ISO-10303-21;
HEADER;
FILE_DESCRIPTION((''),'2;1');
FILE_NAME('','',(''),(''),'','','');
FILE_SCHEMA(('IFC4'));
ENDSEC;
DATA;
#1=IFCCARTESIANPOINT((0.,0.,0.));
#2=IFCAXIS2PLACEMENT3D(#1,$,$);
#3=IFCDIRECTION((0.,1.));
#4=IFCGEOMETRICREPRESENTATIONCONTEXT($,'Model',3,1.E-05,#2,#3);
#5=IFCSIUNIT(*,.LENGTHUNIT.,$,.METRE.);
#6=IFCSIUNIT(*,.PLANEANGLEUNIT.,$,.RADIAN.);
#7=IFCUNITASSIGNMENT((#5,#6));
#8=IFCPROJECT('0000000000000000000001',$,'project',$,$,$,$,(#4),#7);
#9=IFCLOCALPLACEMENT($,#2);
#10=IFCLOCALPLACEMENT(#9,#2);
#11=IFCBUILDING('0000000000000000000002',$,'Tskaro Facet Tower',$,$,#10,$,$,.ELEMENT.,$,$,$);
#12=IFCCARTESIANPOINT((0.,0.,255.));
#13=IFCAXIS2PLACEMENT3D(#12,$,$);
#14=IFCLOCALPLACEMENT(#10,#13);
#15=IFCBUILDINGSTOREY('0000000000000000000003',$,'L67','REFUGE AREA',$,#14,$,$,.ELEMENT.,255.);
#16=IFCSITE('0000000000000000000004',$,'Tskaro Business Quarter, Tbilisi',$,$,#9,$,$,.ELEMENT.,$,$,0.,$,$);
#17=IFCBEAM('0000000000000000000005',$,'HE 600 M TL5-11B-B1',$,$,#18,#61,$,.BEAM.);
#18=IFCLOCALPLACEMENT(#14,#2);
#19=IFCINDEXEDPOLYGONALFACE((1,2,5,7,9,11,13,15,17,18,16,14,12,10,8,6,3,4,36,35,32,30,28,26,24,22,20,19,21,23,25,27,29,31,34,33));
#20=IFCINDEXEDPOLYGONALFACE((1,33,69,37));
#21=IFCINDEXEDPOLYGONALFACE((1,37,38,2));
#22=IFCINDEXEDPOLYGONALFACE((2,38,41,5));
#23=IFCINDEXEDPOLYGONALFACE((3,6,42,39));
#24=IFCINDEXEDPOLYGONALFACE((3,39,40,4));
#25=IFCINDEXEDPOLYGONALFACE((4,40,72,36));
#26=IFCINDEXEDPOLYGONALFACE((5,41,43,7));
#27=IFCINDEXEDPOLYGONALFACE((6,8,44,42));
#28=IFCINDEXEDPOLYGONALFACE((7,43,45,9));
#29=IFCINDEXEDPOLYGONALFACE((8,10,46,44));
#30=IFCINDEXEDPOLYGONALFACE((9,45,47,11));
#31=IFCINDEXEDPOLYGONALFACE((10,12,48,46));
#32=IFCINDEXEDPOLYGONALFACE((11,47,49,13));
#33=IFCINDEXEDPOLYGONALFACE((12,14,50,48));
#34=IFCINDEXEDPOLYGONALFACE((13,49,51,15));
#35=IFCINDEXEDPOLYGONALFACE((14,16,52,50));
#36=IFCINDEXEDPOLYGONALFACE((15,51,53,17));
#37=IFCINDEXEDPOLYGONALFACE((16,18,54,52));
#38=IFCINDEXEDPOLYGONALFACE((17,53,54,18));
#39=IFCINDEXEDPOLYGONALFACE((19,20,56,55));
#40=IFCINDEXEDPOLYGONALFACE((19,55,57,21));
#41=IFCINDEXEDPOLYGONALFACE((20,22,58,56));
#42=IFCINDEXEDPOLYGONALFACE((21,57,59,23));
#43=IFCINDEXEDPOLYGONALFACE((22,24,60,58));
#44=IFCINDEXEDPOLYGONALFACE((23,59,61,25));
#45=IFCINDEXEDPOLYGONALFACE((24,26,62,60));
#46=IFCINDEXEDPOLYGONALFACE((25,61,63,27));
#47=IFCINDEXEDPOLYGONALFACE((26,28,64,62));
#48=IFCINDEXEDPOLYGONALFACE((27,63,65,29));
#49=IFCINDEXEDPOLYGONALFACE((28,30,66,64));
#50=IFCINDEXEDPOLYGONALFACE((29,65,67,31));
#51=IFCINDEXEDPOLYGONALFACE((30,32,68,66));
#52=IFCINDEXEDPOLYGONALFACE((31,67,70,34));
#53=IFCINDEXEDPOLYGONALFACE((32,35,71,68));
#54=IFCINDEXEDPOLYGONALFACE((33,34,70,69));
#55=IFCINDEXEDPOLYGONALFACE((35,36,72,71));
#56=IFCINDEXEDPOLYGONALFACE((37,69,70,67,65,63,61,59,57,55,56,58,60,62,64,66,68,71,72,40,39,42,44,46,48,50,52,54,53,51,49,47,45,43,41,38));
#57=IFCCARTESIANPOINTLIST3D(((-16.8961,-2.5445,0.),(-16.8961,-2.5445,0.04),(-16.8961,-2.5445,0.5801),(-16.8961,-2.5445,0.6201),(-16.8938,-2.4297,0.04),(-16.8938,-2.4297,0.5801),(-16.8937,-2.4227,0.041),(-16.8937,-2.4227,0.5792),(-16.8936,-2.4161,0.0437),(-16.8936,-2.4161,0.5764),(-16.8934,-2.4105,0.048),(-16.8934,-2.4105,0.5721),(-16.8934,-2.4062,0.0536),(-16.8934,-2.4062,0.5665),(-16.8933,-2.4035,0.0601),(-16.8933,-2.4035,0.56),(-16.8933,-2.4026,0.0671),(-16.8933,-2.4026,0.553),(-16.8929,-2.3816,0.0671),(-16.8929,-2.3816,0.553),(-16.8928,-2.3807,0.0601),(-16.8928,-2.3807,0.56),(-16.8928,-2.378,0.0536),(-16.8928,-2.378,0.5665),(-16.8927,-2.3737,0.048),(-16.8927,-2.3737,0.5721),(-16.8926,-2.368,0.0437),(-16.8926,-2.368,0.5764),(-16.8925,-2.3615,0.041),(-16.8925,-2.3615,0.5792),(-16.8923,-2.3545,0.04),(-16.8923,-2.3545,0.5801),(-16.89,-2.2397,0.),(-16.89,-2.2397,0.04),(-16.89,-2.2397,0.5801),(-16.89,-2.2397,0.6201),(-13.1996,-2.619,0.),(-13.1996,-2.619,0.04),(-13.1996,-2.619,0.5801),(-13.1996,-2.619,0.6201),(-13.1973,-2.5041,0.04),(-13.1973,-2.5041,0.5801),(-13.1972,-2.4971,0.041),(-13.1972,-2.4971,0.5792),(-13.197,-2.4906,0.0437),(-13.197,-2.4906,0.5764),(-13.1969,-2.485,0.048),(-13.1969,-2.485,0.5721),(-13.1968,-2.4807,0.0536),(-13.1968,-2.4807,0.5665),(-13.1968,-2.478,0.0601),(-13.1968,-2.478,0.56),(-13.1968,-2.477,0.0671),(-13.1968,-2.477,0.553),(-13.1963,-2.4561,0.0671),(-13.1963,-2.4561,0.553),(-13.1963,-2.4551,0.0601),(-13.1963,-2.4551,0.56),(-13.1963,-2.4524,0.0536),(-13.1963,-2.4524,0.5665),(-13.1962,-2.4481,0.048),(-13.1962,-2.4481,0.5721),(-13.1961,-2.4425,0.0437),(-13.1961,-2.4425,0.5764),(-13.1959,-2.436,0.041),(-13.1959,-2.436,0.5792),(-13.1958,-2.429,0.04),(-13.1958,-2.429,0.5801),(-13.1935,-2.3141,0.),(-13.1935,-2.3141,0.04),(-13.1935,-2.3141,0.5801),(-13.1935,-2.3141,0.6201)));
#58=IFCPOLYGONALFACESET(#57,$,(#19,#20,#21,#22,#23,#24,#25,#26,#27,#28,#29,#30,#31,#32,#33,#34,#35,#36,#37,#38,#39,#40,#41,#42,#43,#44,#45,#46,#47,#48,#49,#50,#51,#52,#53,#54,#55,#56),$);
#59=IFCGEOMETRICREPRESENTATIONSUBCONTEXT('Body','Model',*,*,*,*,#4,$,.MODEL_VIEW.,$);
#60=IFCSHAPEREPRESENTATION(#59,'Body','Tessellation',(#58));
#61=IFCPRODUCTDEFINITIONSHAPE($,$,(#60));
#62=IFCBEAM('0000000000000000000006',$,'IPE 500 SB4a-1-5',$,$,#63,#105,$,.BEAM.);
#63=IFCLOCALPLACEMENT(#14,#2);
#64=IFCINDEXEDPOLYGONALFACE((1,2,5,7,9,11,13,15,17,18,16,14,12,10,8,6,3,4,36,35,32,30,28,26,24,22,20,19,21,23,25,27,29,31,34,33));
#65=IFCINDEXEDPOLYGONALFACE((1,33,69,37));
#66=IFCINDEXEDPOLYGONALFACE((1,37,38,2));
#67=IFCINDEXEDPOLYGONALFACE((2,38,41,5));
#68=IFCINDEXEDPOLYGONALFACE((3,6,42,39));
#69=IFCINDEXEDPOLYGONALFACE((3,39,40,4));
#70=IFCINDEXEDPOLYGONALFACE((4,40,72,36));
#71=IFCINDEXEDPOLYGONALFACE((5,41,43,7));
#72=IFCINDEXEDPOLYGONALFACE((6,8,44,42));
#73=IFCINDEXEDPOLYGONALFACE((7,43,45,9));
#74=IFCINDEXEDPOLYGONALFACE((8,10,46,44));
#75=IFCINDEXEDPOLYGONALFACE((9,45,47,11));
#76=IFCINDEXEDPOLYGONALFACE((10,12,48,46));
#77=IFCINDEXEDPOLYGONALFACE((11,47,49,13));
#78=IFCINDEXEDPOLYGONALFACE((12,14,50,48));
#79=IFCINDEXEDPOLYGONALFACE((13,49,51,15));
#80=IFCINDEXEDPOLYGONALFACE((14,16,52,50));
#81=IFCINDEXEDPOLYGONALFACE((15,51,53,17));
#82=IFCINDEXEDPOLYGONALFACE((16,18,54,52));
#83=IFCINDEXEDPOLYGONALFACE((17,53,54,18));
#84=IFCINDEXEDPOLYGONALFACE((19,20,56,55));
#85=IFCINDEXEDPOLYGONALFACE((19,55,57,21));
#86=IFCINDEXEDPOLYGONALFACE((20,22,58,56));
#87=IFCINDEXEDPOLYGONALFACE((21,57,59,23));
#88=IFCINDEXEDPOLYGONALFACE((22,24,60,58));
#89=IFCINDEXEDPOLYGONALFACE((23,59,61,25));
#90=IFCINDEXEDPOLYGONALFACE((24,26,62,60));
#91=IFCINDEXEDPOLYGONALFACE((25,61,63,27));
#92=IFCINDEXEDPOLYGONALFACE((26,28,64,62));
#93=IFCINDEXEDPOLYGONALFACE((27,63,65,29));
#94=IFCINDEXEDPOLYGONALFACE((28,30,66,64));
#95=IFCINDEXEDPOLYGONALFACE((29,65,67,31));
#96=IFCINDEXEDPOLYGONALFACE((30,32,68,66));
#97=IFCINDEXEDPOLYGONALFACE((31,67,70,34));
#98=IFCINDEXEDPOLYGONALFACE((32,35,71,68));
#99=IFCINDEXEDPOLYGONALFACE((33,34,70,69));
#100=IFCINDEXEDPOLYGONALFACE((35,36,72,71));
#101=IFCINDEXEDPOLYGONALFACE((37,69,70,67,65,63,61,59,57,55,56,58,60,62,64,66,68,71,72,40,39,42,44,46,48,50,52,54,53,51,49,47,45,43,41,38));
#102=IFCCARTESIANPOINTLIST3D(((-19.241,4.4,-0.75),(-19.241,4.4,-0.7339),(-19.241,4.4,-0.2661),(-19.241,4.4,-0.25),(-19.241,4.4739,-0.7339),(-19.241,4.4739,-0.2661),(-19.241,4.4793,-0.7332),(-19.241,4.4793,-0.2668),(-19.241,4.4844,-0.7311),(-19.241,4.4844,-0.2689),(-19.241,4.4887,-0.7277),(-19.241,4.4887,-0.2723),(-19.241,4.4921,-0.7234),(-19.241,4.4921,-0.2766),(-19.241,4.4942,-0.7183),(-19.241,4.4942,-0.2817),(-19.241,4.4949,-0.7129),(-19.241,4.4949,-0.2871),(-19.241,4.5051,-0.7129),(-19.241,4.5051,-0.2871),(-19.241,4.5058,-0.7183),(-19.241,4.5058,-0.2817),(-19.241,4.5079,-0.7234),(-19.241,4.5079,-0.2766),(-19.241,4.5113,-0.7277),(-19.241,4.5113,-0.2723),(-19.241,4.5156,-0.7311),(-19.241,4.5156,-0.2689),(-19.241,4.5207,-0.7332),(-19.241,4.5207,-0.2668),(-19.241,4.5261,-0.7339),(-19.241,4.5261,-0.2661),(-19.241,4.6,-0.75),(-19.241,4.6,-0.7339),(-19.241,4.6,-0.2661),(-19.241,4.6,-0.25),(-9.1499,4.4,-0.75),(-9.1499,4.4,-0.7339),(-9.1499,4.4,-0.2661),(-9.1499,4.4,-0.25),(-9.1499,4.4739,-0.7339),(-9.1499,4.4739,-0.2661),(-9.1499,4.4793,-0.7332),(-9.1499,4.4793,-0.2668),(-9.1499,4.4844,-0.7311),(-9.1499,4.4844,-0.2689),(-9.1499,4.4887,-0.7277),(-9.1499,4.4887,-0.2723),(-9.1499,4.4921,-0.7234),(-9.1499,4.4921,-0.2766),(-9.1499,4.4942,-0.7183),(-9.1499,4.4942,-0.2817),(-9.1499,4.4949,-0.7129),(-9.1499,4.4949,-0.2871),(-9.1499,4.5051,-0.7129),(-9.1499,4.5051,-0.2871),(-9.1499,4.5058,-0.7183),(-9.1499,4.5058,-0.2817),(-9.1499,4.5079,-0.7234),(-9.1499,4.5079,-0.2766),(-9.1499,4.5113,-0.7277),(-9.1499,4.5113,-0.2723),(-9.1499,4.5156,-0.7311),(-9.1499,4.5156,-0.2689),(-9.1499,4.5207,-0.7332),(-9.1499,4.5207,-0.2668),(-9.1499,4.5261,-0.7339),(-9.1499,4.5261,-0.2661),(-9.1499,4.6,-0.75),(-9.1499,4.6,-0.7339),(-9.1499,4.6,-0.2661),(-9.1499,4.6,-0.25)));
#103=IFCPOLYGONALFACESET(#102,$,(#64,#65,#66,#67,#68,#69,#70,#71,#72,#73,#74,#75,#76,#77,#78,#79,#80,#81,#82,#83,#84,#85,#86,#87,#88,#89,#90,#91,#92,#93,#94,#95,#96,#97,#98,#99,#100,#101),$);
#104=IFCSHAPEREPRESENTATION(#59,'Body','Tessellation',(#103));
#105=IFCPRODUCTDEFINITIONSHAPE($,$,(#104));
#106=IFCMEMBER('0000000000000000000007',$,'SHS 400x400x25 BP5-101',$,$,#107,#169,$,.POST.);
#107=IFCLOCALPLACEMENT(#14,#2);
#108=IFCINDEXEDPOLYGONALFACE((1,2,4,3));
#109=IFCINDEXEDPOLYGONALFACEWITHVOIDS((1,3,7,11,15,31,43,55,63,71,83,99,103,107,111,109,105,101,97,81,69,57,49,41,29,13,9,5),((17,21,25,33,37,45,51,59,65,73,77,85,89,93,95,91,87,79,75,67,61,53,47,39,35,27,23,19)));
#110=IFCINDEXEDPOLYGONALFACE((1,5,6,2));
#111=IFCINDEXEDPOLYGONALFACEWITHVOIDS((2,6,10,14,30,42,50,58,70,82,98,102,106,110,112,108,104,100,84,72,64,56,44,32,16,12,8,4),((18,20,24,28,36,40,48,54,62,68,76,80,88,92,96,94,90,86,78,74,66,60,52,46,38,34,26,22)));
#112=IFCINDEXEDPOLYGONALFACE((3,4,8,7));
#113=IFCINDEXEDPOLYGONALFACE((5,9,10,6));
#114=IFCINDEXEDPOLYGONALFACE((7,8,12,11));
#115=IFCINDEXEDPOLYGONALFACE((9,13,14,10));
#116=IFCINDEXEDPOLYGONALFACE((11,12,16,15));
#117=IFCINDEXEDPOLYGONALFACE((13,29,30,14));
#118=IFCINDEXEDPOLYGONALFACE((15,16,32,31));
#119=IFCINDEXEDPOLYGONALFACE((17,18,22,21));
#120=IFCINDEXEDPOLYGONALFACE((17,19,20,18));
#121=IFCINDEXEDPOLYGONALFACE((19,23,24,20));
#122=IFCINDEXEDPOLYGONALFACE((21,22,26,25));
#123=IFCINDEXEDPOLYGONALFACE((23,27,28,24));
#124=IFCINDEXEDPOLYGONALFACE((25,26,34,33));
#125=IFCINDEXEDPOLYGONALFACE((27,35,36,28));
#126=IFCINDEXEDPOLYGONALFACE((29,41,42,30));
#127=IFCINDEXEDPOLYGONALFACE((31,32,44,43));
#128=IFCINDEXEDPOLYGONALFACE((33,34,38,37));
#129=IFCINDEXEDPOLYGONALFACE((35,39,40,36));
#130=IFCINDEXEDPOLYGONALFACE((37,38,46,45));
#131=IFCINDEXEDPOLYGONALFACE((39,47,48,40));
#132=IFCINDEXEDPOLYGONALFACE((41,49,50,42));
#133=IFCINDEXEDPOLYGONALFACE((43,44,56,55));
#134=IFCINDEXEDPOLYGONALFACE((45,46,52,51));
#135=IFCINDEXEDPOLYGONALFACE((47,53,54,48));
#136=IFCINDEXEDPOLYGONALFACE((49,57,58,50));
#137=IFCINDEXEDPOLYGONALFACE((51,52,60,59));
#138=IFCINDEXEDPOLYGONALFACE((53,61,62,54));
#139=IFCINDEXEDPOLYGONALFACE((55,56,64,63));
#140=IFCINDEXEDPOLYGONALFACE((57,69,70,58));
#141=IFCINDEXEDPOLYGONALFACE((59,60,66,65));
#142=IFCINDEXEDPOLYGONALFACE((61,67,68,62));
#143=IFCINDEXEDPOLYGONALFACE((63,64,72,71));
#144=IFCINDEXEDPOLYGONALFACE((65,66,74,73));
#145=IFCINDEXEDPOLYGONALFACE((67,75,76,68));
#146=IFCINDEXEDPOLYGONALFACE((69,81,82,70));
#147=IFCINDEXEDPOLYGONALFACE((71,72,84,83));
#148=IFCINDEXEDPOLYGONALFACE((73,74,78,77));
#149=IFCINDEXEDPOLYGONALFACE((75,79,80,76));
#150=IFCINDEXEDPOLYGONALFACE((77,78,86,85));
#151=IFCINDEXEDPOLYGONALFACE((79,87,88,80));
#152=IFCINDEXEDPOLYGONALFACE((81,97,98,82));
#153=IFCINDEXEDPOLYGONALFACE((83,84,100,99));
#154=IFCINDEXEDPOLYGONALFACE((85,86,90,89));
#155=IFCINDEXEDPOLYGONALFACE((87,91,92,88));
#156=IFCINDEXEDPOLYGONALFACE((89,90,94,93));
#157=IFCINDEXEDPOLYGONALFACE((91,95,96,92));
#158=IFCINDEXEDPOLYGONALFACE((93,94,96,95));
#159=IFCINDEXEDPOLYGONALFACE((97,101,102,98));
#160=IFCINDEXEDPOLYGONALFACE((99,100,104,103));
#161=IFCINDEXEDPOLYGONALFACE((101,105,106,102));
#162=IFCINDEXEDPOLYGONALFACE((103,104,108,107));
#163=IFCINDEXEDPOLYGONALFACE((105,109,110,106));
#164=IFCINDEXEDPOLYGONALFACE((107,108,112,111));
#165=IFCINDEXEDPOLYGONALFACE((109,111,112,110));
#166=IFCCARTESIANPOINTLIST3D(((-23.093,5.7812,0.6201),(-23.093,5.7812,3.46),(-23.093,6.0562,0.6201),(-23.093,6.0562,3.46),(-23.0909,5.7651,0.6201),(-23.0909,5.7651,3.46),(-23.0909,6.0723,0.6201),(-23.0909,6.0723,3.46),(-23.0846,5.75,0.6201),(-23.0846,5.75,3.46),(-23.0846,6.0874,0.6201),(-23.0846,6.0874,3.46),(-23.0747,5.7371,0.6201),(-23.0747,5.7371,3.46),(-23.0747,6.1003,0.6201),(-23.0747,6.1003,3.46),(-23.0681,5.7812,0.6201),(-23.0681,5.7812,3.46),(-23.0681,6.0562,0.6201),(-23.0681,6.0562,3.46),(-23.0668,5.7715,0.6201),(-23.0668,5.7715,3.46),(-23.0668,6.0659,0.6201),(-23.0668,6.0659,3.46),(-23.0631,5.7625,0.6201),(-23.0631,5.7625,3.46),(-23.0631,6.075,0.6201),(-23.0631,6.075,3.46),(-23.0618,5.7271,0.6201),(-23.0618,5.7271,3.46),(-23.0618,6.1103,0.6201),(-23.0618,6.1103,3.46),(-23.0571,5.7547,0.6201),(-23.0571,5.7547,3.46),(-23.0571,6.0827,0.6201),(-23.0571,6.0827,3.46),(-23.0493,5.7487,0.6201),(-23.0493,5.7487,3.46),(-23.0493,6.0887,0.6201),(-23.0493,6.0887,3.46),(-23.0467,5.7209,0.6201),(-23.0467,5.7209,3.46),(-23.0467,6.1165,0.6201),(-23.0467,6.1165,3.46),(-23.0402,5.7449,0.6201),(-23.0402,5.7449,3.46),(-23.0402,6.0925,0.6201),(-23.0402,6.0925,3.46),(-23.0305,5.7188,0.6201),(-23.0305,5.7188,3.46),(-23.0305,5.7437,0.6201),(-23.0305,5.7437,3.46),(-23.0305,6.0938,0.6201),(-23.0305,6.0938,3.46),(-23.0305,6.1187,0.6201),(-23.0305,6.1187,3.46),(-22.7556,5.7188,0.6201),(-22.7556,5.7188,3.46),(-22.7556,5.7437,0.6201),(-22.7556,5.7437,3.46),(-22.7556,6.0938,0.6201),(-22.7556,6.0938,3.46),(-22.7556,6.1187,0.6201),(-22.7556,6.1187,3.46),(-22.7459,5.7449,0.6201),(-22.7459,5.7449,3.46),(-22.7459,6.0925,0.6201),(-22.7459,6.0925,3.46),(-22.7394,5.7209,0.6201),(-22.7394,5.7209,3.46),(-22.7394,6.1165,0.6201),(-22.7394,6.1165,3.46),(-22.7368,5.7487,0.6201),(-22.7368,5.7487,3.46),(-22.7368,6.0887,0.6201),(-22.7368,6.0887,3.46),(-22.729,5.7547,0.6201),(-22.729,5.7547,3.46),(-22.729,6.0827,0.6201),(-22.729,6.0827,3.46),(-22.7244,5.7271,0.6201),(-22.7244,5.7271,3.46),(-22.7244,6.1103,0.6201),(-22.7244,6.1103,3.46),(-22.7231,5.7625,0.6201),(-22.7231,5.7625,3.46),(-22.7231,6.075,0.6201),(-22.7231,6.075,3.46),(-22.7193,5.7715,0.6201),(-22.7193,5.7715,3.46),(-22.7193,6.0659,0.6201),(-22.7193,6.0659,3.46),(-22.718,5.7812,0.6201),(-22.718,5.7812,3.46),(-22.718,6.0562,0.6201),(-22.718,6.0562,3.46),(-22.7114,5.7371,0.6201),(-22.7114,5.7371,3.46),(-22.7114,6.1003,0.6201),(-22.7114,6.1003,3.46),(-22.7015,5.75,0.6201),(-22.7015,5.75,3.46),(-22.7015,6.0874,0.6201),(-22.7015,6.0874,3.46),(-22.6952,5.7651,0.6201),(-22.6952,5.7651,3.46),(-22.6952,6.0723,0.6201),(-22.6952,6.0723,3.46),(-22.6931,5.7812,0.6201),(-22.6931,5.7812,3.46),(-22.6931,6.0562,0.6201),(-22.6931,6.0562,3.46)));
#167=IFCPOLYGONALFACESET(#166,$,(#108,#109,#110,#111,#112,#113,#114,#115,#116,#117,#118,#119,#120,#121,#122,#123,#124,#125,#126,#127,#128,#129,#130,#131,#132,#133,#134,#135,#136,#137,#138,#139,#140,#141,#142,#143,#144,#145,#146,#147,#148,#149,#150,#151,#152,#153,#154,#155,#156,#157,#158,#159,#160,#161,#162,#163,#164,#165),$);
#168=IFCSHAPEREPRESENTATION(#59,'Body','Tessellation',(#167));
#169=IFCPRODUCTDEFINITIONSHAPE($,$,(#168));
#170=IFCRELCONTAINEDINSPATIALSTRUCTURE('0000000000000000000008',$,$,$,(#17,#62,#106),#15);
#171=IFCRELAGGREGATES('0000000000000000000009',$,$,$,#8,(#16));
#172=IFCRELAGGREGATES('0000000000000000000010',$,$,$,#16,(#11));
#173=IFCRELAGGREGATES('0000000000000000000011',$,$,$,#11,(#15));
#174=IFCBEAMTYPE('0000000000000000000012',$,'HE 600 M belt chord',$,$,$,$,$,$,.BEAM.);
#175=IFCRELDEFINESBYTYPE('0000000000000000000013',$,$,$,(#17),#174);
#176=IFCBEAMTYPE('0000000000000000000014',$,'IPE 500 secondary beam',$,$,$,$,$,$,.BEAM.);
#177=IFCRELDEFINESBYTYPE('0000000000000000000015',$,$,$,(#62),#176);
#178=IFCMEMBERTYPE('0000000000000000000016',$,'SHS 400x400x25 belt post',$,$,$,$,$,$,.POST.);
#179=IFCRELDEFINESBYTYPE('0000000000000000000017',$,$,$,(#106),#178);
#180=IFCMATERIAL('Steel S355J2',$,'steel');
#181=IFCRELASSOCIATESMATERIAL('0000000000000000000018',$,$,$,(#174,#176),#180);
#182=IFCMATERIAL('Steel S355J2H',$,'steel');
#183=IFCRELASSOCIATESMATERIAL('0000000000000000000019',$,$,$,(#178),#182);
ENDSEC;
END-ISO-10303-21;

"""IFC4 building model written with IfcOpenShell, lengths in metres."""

from ifc_helpers import new_model, si_unit, direction, frame, origin, origin_2d, place, context, subcontext, project, spatial, hollow_rectangle, i_section, extrude, material, material_profile, profile_set, type_object, element, save


model = new_model("IFC4")

# Units and contexts
model_context = context("Model", 3, precision=1e-05, world=origin(), true_north=direction((0.0, 1.0)))
body_context = subcontext(model_context, "Body", "Model", "MODEL_VIEW")
ifc_project = project(units=[si_unit("LENGTHUNIT", "METRE"), si_unit("PLANEANGLEUNIT", "RADIAN")], contexts=[model_context])

# Site, building, storey
site_placement = place(None, origin())
site = spatial("IfcSite", under=ifc_project, at=site_placement, Name="Tskaro Business Quarter, Tbilisi", CompositionType="ELEMENT", RefElevation=0.0)
building_placement = place(site_placement, origin())
building = spatial("IfcBuilding", under=site, at=building_placement, Name="Tskaro Facet Tower", CompositionType="ELEMENT")
storey_placement = place(building_placement, frame((0.0, 0.0, 255.0)))
storey = spatial("IfcBuildingStorey", under=building, at=storey_placement, Name="L67", Description="REFUGE AREA", CompositionType="ELEMENT", Elevation=255.0)

# Shared definitions
ifc_material_1 = material(Name="Steel S355J2", Category="steel")
ifc_material_2 = material(Name="Steel S355J2H", Category="steel")

# Beams
ifc_material_profile_1 = material_profile(ifc_material_1, i_section(OverallWidth=0.3049, OverallDepth=0.6201, WebThickness=0.021, FlangeThickness=0.04, FilletRadius=0.0271, at=origin_2d()), Name="HE 600 M")
ifc_profile_set_1 = profile_set([ifc_material_profile_1], Name="Steel S355J2")
beam_type_1 = type_object("IfcBeamType", Name="HE 600 M belt chord", PredefinedType="BEAM", material=ifc_profile_set_1)
beam_1_placement = place(storey_placement, frame((-16.8931, -2.3921, 0.3101), z_axis=(0.999797, -0.02014, 0.0), x_axis=(0.02014, 0.999797, 0.0)))
element("IfcBeam", 1, at=beam_1_placement, inside=storey, type_object=beam_type_1, Name="HE 600 M TL5-11B-B1", PredefinedType="BEAM", context=body_context, shape_type="SweptSolid", body=[
    extrude(i_section(OverallWidth=0.3049, OverallDepth=0.6201, WebThickness=0.021, FlangeThickness=0.04, FilletRadius=0.0271, at=origin_2d()), origin(), (0.0, 0.0, 1.0), 3.6973),
])
ifc_material_profile_2 = material_profile(ifc_material_1, i_section(OverallWidth=0.2, OverallDepth=0.5, WebThickness=0.0103, FlangeThickness=0.0161, FilletRadius=0.021, at=origin_2d()), Name="IPE 500")
ifc_profile_set_2 = profile_set([ifc_material_profile_2], Name="Steel S355J2")
beam_type_2 = type_object("IfcBeamType", Name="IPE 500 secondary beam", PredefinedType="BEAM", material=ifc_profile_set_2)
beam_2_placement = place(storey_placement, frame((-19.241, 4.5, -0.5), z_axis=(1.0, 0.0, 0.0), x_axis=(0.0, 1.0, 0.0)))
element("IfcBeam", 2, at=beam_2_placement, inside=storey, type_object=beam_type_2, Name="IPE 500 SB4a-1-5", PredefinedType="BEAM", context=body_context, shape_type="SweptSolid", body=[
    extrude(i_section(OverallWidth=0.2, OverallDepth=0.5, WebThickness=0.0103, FlangeThickness=0.0161, FilletRadius=0.021, at=origin_2d()), origin(), (0.0, 0.0, 1.0), 10.0911),
])

# Member
ifc_material_profile_3 = material_profile(ifc_material_2, hollow_rectangle(XDim=0.3999, YDim=0.3999, WallThickness=0.0249, InnerFilletRadius=0.0376, OuterFilletRadius=0.0625, at=origin_2d()), Name="SHS 400x400x25")
ifc_profile_set_3 = profile_set([ifc_material_profile_3], Name="Steel S355J2H")
member_type_1 = type_object("IfcMemberType", Name="SHS 400x400x25 belt post", PredefinedType="POST", material=ifc_profile_set_3)
for number, where, z_axis, x_axis, name in (
    (3, (-22.8931, 5.9187, 0.6201), (0.0, 0.0, 1.0), (1.0, 0.0, 0.0), "SHS 400x400x25 BP5-101"),
):
    element("IfcMember", number, at=place(storey_placement, frame(where, z_axis=z_axis, x_axis=x_axis)), inside=storey, type_object=member_type_1, Name=name, PredefinedType="POST", context=body_context, shape_type="SweptSolid", body=[
        extrude(hollow_rectangle(XDim=0.3999, YDim=0.3999, WallThickness=0.0249, InnerFilletRadius=0.0376, OuterFilletRadius=0.0625, at=origin_2d()), origin(), (0.0, 0.0, 1.0), 2.8398),
    ])

save(model, "model.ifc")
